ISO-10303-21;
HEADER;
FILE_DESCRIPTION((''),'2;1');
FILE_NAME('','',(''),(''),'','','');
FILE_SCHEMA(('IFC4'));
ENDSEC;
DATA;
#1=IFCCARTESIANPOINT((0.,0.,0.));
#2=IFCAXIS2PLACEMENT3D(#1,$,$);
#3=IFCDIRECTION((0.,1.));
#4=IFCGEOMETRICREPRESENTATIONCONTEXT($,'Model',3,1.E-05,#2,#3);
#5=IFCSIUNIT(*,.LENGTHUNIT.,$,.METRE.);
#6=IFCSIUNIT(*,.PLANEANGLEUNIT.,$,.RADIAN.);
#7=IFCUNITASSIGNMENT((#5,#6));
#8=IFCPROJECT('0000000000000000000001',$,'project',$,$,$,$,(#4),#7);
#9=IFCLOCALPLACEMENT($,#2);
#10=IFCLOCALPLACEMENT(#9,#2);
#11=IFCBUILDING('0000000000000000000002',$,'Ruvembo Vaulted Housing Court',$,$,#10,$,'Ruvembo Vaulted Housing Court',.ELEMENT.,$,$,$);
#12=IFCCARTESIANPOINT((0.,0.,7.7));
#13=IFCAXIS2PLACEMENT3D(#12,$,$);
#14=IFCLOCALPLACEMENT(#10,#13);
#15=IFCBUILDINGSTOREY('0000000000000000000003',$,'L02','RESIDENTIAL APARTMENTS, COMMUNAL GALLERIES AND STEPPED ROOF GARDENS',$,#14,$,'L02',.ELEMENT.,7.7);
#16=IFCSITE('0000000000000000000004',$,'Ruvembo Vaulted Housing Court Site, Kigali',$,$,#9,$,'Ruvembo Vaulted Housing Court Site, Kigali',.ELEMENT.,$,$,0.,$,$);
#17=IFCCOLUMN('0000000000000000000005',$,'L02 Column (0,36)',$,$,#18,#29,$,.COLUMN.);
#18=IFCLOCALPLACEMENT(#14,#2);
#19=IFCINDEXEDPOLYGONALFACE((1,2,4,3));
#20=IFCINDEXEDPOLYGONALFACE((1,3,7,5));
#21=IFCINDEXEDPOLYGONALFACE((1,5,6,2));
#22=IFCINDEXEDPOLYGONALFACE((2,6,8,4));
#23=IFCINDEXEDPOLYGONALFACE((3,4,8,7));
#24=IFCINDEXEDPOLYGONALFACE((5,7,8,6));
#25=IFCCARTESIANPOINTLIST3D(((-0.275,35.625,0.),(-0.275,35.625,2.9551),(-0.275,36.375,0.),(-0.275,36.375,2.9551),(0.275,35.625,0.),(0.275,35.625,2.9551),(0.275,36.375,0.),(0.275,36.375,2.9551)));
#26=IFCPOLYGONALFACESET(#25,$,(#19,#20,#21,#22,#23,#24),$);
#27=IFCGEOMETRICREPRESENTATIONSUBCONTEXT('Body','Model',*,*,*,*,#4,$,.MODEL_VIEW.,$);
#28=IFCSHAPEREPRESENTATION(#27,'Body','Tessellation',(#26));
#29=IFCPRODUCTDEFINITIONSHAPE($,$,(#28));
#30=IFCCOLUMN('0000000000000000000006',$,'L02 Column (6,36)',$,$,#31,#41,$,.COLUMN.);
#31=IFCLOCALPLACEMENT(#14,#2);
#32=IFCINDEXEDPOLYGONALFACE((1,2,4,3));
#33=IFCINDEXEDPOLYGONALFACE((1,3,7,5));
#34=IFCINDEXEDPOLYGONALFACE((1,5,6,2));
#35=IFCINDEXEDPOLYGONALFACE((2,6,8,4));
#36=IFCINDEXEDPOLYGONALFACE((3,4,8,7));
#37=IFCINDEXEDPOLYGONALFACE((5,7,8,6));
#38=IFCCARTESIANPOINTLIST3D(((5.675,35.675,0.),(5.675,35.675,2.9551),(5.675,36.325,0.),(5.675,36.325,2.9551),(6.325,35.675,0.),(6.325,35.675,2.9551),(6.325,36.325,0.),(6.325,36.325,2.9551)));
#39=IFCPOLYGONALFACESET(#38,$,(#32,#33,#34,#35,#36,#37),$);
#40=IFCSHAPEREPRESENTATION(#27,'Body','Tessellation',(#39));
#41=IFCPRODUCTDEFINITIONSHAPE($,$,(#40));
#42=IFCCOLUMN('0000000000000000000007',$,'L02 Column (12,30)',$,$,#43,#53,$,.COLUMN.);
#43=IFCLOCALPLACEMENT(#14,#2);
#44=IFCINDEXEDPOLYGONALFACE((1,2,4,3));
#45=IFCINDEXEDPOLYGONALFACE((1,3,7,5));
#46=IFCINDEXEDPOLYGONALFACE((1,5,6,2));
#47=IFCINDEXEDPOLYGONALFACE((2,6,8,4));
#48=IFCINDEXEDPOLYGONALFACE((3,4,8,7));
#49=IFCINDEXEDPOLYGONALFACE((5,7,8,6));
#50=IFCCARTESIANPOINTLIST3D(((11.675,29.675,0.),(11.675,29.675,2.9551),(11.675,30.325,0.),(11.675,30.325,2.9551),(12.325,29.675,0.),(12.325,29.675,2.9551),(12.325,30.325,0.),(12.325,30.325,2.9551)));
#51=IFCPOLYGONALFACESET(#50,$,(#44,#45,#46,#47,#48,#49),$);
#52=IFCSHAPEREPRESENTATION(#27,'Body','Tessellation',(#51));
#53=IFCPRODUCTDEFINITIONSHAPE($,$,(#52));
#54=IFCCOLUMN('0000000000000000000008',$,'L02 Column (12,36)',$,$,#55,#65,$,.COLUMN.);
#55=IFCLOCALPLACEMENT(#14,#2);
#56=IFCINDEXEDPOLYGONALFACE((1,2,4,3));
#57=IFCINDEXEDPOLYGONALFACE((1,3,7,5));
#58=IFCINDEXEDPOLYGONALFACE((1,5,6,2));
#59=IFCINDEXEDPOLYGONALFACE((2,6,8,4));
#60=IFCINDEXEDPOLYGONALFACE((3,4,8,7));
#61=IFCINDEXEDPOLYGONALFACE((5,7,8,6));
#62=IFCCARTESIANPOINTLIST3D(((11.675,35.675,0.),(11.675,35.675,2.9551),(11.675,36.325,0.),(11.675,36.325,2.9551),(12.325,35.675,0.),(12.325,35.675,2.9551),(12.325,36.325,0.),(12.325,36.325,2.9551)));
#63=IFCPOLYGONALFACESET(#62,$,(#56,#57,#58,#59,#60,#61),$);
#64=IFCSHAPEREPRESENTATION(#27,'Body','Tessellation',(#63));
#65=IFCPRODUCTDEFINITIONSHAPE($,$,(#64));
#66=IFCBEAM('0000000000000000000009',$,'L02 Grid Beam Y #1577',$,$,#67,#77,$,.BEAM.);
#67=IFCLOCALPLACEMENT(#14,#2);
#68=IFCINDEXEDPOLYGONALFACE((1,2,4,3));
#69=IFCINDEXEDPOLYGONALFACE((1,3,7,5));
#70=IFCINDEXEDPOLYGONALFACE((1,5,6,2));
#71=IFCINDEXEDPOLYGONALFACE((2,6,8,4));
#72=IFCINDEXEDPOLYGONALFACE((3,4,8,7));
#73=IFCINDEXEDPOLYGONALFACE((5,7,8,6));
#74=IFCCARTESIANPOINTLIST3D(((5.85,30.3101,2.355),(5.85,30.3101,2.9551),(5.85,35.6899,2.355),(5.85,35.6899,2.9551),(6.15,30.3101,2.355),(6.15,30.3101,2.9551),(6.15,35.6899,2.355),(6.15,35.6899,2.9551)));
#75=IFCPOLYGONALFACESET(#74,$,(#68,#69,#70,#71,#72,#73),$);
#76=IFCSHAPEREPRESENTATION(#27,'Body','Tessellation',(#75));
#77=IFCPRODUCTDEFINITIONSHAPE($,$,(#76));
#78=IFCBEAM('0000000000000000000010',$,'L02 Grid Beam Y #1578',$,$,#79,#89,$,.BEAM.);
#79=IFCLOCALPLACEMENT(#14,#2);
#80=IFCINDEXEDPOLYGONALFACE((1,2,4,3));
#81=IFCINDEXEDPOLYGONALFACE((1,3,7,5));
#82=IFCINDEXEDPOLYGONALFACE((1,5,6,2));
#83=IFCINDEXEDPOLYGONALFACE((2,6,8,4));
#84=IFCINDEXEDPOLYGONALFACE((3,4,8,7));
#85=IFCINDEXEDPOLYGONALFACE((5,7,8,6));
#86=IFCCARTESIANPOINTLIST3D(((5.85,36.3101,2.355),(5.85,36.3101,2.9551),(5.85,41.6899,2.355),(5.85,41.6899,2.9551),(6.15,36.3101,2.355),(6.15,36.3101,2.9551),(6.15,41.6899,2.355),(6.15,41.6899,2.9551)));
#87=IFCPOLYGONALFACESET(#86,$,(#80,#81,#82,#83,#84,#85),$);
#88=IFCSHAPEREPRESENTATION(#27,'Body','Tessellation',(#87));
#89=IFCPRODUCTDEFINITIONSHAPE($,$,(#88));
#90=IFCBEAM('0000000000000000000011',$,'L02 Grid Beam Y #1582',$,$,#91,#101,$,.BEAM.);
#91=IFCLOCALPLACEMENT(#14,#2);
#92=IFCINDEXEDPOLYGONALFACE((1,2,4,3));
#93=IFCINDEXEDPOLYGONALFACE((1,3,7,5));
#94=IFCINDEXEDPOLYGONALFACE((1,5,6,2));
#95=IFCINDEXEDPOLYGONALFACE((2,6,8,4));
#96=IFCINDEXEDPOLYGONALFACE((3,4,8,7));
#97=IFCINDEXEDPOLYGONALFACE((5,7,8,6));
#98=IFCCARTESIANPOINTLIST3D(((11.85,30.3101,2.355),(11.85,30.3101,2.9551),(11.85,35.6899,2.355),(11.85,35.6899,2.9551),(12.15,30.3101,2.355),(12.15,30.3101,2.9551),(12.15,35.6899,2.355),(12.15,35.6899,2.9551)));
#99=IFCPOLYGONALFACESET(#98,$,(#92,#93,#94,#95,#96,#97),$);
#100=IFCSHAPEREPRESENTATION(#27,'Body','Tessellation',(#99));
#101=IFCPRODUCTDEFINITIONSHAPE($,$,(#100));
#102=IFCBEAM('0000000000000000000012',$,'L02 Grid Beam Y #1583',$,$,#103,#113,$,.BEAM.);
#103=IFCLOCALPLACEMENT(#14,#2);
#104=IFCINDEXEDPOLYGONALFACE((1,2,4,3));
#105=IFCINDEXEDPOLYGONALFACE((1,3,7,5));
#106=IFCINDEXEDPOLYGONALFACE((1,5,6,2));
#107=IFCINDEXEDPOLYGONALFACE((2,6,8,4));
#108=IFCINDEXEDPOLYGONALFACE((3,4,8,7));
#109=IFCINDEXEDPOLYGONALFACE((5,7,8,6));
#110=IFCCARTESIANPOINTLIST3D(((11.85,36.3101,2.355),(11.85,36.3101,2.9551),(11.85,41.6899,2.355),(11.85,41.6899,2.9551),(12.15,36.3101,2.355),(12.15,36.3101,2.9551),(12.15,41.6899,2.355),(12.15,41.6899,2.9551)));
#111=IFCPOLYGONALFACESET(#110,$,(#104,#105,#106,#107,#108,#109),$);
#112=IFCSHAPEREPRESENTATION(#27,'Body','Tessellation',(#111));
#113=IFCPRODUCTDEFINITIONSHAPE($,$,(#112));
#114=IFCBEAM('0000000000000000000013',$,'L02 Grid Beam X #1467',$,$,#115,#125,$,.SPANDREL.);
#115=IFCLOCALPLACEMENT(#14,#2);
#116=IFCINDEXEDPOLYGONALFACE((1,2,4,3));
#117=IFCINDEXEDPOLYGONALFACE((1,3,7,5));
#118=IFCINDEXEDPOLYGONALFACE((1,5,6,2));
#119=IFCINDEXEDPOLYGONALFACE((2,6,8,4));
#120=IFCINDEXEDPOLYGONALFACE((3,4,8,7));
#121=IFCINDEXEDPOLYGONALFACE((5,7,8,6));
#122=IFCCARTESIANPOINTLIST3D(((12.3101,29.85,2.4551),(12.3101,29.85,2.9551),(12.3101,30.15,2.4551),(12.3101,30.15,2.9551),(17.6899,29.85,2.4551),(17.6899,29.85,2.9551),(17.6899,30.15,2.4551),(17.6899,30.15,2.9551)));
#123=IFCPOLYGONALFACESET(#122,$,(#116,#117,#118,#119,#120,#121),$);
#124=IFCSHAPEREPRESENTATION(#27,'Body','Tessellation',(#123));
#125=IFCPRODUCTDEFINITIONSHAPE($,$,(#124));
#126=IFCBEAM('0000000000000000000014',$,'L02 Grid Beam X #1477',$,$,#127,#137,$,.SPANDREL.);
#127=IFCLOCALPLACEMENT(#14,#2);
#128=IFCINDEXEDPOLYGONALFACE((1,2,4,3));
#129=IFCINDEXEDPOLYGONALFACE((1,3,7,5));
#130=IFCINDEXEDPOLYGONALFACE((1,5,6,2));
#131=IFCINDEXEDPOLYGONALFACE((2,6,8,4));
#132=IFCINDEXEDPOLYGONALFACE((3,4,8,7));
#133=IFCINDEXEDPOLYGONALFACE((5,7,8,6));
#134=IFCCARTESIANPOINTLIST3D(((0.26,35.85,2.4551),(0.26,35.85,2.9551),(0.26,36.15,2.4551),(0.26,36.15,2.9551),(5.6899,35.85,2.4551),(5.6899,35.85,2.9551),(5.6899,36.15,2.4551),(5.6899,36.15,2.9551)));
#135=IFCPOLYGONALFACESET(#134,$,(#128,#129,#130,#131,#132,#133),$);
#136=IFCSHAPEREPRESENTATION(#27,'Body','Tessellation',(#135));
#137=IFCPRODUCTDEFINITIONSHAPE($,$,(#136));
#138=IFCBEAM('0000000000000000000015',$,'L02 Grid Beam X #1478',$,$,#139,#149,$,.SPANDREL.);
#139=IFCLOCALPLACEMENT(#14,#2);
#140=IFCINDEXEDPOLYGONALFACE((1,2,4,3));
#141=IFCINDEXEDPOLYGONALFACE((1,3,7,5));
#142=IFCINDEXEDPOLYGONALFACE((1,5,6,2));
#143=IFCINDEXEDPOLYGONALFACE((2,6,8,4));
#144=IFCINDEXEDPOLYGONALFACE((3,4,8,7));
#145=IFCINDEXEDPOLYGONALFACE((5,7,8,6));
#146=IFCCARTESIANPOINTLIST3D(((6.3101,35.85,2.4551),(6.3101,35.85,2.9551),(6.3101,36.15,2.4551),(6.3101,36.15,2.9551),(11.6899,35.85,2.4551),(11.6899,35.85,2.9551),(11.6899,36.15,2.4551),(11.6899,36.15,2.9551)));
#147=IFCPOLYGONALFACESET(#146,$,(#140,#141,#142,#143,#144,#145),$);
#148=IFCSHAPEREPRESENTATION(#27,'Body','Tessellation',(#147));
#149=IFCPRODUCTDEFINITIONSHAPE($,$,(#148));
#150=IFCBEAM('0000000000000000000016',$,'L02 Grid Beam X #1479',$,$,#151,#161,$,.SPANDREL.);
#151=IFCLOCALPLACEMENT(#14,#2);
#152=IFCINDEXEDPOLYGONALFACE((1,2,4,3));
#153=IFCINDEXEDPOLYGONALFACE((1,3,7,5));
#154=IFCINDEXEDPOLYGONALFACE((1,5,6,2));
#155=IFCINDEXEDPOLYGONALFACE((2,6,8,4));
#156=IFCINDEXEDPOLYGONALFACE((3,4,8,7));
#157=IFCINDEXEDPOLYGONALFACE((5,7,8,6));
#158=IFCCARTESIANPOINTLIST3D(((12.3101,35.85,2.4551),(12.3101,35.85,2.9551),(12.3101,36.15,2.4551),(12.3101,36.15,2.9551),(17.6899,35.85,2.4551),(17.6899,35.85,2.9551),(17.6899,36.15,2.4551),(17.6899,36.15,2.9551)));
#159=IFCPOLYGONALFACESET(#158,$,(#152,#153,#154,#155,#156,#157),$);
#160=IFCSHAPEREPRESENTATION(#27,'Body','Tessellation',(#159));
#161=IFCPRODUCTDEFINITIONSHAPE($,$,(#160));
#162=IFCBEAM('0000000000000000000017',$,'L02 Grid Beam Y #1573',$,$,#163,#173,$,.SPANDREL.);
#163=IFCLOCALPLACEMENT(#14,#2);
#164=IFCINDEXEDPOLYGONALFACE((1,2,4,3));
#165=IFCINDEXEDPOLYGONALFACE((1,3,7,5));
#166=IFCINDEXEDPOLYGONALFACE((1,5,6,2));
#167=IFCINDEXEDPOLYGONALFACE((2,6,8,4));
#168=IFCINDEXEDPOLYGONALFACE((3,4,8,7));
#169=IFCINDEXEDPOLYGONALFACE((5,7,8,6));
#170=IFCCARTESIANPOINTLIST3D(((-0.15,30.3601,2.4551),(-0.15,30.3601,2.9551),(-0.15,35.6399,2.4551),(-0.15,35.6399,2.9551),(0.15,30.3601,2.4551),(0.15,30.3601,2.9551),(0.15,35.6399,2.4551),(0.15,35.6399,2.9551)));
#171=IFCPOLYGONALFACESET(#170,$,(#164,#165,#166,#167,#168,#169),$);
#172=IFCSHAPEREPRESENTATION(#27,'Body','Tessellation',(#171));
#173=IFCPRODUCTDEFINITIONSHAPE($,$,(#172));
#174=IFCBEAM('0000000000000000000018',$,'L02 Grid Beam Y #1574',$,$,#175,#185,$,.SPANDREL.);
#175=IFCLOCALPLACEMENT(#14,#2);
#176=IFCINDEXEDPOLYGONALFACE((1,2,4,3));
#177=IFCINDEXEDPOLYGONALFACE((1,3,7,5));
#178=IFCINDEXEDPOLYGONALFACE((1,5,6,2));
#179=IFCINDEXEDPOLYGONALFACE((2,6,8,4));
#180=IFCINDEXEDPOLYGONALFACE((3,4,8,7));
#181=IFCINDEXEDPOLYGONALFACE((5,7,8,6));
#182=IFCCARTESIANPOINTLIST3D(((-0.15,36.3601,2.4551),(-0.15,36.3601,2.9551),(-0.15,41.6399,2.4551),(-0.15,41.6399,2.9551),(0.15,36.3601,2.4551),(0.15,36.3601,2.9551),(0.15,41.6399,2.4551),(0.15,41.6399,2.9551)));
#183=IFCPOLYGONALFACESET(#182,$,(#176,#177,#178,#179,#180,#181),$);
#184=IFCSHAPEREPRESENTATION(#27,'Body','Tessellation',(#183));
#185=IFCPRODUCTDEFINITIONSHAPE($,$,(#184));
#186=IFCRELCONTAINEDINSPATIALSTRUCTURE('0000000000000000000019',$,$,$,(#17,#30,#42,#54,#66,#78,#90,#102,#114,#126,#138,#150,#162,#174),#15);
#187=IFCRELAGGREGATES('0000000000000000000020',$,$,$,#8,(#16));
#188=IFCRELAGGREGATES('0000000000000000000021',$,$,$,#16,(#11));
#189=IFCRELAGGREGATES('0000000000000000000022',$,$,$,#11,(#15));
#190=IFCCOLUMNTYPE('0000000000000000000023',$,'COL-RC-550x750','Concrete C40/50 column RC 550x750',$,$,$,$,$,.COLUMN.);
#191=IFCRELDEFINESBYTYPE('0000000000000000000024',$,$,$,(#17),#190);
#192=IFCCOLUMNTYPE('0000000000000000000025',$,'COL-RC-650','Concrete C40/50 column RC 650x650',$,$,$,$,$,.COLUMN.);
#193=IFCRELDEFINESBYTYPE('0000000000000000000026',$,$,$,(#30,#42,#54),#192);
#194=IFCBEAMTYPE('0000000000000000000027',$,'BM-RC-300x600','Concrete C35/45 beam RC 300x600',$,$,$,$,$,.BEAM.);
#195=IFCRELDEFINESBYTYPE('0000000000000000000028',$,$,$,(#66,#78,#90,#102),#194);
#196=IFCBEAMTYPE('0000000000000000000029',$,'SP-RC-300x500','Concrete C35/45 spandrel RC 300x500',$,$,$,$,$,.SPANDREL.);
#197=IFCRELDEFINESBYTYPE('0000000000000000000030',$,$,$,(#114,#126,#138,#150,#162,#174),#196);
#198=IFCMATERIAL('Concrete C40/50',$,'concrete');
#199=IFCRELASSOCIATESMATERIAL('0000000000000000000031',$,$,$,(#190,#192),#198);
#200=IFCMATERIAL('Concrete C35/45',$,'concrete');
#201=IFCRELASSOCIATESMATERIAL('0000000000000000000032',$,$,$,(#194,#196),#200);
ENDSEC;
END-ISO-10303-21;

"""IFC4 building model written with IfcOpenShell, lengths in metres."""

from ifc_helpers import new_model, si_unit, direction, frame, origin, origin_2d, place, context, subcontext, project, spatial, rectangle, extrude, material, material_profile, profile_set, type_object, element, save


model = new_model("IFC4")

# Units and contexts
model_context = context("Model", 3, precision=1e-05, world=origin(), true_north=direction((0.0, 1.0)))
body_context = subcontext(model_context, "Body", "Model", "MODEL_VIEW")
ifc_project = project(units=[si_unit("LENGTHUNIT", "METRE"), si_unit("PLANEANGLEUNIT", "RADIAN")], contexts=[model_context])

# Site, building, storey
site_placement = place(None, origin())
site = spatial("IfcSite", under=ifc_project, at=site_placement, Name="Ruvembo Vaulted Housing Court Site, Kigali", LongName="Ruvembo Vaulted Housing Court Site, Kigali", CompositionType="ELEMENT", RefElevation=0.0)
building_placement = place(site_placement, origin())
building = spatial("IfcBuilding", under=site, at=building_placement, Name="Ruvembo Vaulted Housing Court", LongName="Ruvembo Vaulted Housing Court", CompositionType="ELEMENT")
storey_placement = place(building_placement, frame((0.0, 0.0, 7.7)))
storey = spatial("IfcBuildingStorey", under=building, at=storey_placement, Name="L02", Description="RESIDENTIAL APARTMENTS, COMMUNAL GALLERIES AND STEPPED ROOF GARDENS", LongName="L02", CompositionType="ELEMENT", Elevation=7.7)

# Columns
ifc_material_1 = material(Name="Concrete C40/50", Category="concrete")
ifc_material_profile_1 = material_profile(ifc_material_1, rectangle(XDim=0.55, YDim=0.75, at=origin_2d()), Name="RC 550x750")
ifc_profile_set_1 = profile_set([ifc_material_profile_1], Name="Concrete C40/50")
column_type_1 = type_object("IfcColumnType", Name="COL-RC-550x750", Description="Concrete C40/50 column RC 550x750", PredefinedType="COLUMN", material=ifc_profile_set_1)
column_placement = place(storey_placement, frame((0.0, 36.0, 0.0), z_axis=(0.0, 0.0, 1.0), x_axis=(1.0, 0.0, 0.0)))
element("IfcColumn", 1, at=column_placement, inside=storey, type_object=column_type_1, Name="L02 Column (0,36)", PredefinedType="COLUMN", context=body_context, shape_type="SweptSolid", body=[
    extrude(rectangle(XDim=0.55, YDim=0.75, at=origin_2d()), origin(), (0.0, 0.0, 1.0), 2.9551),
])
ifc_material_profile_2 = material_profile(ifc_material_1, rectangle(XDim=0.6499, YDim=0.6499, at=origin_2d()), Name="RC 650x650")
ifc_profile_set_2 = profile_set([ifc_material_profile_2], Name="Concrete C40/50")
column_type_2 = type_object("IfcColumnType", Name="COL-RC-650", Description="Concrete C40/50 column RC 650x650", PredefinedType="COLUMN", material=ifc_profile_set_2)
for number, where, z_axis, x_axis, name in (
    (2, (6.0, 36.0, 0.0), (0.0, 0.0, 1.0), (1.0, 0.0, 0.0), "L02 Column (6,36)"),
    (3, (12.0, 30.0, 0.0), (0.0, 0.0, 1.0), (1.0, 0.0, 0.0), "L02 Column (12,30)"),
    (4, (12.0, 36.0, 0.0), (0.0, 0.0, 1.0), (1.0, 0.0, 0.0), "L02 Column (12,36)"),
):
    element("IfcColumn", number, at=place(storey_placement, frame(where, z_axis=z_axis, x_axis=x_axis)), inside=storey, type_object=column_type_2, Name=name, PredefinedType="COLUMN", context=body_context, shape_type="SweptSolid", body=[
        extrude(rectangle(XDim=0.6499, YDim=0.6499, at=origin_2d()), origin(), (0.0, 0.0, 1.0), 2.9551),
    ])

# Beams
ifc_material_2 = material(Name="Concrete C35/45", Category="concrete")
ifc_material_profile_3 = material_profile(ifc_material_2, rectangle(XDim=0.3, YDim=0.6001, at=origin_2d()), Name="RC 300x600")
ifc_profile_set_3 = profile_set([ifc_material_profile_3], Name="Concrete C35/45")
beam_type_1 = type_object("IfcBeamType", Name="BM-RC-300x600", Description="Concrete C35/45 beam RC 300x600", PredefinedType="BEAM", material=ifc_profile_set_3)
for number, where, z_axis, x_axis, name in (
    (5, (6.0, 30.3101, 2.655), (0.0, 1.0, 0.0), (-1.0, 0.0, 0.0), "L02 Grid Beam Y #1577"),
    (6, (6.0, 36.3101, 2.655), (0.0, 1.0, 0.0), (-1.0, 0.0, 0.0), "L02 Grid Beam Y #1578"),
    (7, (12.0, 30.3101, 2.655), (0.0, 1.0, 0.0), (-1.0, 0.0, 0.0), "L02 Grid Beam Y #1582"),
    (8, (12.0, 36.3101, 2.655), (0.0, 1.0, 0.0), (-1.0, 0.0, 0.0), "L02 Grid Beam Y #1583"),
):
    element("IfcBeam", number, at=place(storey_placement, frame(where, z_axis=z_axis, x_axis=x_axis)), inside=storey, type_object=beam_type_1, Name=name, PredefinedType="BEAM", context=body_context, shape_type="SweptSolid", body=[
        extrude(rectangle(XDim=0.3, YDim=0.6001, at=origin_2d()), origin(), (0.0, 0.0, 1.0), 5.3799),
    ])
ifc_material_profile_4 = material_profile(ifc_material_2, rectangle(XDim=0.3, YDim=0.5, at=origin_2d()), Name="RC 300x500")
ifc_profile_set_4 = profile_set([ifc_material_profile_4], Name="Concrete C35/45")
beam_type_2 = type_object("IfcBeamType", Name="SP-RC-300x500", Description="Concrete C35/45 spandrel RC 300x500", PredefinedType="SPANDREL", material=ifc_profile_set_4)
beam_1_placement = place(storey_placement, frame((12.3101, 30.0, 2.7051), z_axis=(1.0, 0.0, 0.0), x_axis=(0.0, 1.0, 0.0)))
element("IfcBeam", 9, at=beam_1_placement, inside=storey, type_object=beam_type_2, Name="L02 Grid Beam X #1467", PredefinedType="SPANDREL", context=body_context, shape_type="SweptSolid", body=[
    extrude(rectangle(XDim=0.3, YDim=0.5, at=origin_2d()), origin(), (0.0, 0.0, 1.0), 5.3799),
])
beam_2_placement = place(storey_placement, frame((0.26, 36.0, 2.7051), z_axis=(1.0, 0.0, 0.0), x_axis=(0.0, 1.0, 0.0)))
element("IfcBeam", 10, at=beam_2_placement, inside=storey, type_object=beam_type_2, Name="L02 Grid Beam X #1477", PredefinedType="SPANDREL", context=body_context, shape_type="SweptSolid", body=[
    extrude(rectangle(XDim=0.3, YDim=0.5, at=origin_2d()), origin(), (0.0, 0.0, 1.0), 5.4299),
])
for number, where, z_axis, x_axis, name in (
    (11, (6.3101, 36.0, 2.7051), (1.0, 0.0, 0.0), (0.0, 1.0, 0.0), "L02 Grid Beam X #1478"),
    (12, (12.3101, 36.0, 2.7051), (1.0, 0.0, 0.0), (0.0, 1.0, 0.0), "L02 Grid Beam X #1479"),
):
    element("IfcBeam", number, at=place(storey_placement, frame(where, z_axis=z_axis, x_axis=x_axis)), inside=storey, type_object=beam_type_2, Name=name, PredefinedType="SPANDREL", context=body_context, shape_type="SweptSolid", body=[
        extrude(rectangle(XDim=0.3, YDim=0.5, at=origin_2d()), origin(), (0.0, 0.0, 1.0), 5.3799),
    ])
for number, where, z_axis, x_axis, name in (
    (13, (0.0, 30.3601, 2.7051), (0.0, 1.0, 0.0), (-1.0, 0.0, 0.0), "L02 Grid Beam Y #1573"),
    (14, (0.0, 36.3601, 2.7051), (0.0, 1.0, 0.0), (-1.0, 0.0, 0.0), "L02 Grid Beam Y #1574"),
):
    element("IfcBeam", number, at=place(storey_placement, frame(where, z_axis=z_axis, x_axis=x_axis)), inside=storey, type_object=beam_type_2, Name=name, PredefinedType="SPANDREL", context=body_context, shape_type="SweptSolid", body=[
        extrude(rectangle(XDim=0.3, YDim=0.5, at=origin_2d()), origin(), (0.0, 0.0, 1.0), 5.2798),
    ])

save(model, "model.ifc")
